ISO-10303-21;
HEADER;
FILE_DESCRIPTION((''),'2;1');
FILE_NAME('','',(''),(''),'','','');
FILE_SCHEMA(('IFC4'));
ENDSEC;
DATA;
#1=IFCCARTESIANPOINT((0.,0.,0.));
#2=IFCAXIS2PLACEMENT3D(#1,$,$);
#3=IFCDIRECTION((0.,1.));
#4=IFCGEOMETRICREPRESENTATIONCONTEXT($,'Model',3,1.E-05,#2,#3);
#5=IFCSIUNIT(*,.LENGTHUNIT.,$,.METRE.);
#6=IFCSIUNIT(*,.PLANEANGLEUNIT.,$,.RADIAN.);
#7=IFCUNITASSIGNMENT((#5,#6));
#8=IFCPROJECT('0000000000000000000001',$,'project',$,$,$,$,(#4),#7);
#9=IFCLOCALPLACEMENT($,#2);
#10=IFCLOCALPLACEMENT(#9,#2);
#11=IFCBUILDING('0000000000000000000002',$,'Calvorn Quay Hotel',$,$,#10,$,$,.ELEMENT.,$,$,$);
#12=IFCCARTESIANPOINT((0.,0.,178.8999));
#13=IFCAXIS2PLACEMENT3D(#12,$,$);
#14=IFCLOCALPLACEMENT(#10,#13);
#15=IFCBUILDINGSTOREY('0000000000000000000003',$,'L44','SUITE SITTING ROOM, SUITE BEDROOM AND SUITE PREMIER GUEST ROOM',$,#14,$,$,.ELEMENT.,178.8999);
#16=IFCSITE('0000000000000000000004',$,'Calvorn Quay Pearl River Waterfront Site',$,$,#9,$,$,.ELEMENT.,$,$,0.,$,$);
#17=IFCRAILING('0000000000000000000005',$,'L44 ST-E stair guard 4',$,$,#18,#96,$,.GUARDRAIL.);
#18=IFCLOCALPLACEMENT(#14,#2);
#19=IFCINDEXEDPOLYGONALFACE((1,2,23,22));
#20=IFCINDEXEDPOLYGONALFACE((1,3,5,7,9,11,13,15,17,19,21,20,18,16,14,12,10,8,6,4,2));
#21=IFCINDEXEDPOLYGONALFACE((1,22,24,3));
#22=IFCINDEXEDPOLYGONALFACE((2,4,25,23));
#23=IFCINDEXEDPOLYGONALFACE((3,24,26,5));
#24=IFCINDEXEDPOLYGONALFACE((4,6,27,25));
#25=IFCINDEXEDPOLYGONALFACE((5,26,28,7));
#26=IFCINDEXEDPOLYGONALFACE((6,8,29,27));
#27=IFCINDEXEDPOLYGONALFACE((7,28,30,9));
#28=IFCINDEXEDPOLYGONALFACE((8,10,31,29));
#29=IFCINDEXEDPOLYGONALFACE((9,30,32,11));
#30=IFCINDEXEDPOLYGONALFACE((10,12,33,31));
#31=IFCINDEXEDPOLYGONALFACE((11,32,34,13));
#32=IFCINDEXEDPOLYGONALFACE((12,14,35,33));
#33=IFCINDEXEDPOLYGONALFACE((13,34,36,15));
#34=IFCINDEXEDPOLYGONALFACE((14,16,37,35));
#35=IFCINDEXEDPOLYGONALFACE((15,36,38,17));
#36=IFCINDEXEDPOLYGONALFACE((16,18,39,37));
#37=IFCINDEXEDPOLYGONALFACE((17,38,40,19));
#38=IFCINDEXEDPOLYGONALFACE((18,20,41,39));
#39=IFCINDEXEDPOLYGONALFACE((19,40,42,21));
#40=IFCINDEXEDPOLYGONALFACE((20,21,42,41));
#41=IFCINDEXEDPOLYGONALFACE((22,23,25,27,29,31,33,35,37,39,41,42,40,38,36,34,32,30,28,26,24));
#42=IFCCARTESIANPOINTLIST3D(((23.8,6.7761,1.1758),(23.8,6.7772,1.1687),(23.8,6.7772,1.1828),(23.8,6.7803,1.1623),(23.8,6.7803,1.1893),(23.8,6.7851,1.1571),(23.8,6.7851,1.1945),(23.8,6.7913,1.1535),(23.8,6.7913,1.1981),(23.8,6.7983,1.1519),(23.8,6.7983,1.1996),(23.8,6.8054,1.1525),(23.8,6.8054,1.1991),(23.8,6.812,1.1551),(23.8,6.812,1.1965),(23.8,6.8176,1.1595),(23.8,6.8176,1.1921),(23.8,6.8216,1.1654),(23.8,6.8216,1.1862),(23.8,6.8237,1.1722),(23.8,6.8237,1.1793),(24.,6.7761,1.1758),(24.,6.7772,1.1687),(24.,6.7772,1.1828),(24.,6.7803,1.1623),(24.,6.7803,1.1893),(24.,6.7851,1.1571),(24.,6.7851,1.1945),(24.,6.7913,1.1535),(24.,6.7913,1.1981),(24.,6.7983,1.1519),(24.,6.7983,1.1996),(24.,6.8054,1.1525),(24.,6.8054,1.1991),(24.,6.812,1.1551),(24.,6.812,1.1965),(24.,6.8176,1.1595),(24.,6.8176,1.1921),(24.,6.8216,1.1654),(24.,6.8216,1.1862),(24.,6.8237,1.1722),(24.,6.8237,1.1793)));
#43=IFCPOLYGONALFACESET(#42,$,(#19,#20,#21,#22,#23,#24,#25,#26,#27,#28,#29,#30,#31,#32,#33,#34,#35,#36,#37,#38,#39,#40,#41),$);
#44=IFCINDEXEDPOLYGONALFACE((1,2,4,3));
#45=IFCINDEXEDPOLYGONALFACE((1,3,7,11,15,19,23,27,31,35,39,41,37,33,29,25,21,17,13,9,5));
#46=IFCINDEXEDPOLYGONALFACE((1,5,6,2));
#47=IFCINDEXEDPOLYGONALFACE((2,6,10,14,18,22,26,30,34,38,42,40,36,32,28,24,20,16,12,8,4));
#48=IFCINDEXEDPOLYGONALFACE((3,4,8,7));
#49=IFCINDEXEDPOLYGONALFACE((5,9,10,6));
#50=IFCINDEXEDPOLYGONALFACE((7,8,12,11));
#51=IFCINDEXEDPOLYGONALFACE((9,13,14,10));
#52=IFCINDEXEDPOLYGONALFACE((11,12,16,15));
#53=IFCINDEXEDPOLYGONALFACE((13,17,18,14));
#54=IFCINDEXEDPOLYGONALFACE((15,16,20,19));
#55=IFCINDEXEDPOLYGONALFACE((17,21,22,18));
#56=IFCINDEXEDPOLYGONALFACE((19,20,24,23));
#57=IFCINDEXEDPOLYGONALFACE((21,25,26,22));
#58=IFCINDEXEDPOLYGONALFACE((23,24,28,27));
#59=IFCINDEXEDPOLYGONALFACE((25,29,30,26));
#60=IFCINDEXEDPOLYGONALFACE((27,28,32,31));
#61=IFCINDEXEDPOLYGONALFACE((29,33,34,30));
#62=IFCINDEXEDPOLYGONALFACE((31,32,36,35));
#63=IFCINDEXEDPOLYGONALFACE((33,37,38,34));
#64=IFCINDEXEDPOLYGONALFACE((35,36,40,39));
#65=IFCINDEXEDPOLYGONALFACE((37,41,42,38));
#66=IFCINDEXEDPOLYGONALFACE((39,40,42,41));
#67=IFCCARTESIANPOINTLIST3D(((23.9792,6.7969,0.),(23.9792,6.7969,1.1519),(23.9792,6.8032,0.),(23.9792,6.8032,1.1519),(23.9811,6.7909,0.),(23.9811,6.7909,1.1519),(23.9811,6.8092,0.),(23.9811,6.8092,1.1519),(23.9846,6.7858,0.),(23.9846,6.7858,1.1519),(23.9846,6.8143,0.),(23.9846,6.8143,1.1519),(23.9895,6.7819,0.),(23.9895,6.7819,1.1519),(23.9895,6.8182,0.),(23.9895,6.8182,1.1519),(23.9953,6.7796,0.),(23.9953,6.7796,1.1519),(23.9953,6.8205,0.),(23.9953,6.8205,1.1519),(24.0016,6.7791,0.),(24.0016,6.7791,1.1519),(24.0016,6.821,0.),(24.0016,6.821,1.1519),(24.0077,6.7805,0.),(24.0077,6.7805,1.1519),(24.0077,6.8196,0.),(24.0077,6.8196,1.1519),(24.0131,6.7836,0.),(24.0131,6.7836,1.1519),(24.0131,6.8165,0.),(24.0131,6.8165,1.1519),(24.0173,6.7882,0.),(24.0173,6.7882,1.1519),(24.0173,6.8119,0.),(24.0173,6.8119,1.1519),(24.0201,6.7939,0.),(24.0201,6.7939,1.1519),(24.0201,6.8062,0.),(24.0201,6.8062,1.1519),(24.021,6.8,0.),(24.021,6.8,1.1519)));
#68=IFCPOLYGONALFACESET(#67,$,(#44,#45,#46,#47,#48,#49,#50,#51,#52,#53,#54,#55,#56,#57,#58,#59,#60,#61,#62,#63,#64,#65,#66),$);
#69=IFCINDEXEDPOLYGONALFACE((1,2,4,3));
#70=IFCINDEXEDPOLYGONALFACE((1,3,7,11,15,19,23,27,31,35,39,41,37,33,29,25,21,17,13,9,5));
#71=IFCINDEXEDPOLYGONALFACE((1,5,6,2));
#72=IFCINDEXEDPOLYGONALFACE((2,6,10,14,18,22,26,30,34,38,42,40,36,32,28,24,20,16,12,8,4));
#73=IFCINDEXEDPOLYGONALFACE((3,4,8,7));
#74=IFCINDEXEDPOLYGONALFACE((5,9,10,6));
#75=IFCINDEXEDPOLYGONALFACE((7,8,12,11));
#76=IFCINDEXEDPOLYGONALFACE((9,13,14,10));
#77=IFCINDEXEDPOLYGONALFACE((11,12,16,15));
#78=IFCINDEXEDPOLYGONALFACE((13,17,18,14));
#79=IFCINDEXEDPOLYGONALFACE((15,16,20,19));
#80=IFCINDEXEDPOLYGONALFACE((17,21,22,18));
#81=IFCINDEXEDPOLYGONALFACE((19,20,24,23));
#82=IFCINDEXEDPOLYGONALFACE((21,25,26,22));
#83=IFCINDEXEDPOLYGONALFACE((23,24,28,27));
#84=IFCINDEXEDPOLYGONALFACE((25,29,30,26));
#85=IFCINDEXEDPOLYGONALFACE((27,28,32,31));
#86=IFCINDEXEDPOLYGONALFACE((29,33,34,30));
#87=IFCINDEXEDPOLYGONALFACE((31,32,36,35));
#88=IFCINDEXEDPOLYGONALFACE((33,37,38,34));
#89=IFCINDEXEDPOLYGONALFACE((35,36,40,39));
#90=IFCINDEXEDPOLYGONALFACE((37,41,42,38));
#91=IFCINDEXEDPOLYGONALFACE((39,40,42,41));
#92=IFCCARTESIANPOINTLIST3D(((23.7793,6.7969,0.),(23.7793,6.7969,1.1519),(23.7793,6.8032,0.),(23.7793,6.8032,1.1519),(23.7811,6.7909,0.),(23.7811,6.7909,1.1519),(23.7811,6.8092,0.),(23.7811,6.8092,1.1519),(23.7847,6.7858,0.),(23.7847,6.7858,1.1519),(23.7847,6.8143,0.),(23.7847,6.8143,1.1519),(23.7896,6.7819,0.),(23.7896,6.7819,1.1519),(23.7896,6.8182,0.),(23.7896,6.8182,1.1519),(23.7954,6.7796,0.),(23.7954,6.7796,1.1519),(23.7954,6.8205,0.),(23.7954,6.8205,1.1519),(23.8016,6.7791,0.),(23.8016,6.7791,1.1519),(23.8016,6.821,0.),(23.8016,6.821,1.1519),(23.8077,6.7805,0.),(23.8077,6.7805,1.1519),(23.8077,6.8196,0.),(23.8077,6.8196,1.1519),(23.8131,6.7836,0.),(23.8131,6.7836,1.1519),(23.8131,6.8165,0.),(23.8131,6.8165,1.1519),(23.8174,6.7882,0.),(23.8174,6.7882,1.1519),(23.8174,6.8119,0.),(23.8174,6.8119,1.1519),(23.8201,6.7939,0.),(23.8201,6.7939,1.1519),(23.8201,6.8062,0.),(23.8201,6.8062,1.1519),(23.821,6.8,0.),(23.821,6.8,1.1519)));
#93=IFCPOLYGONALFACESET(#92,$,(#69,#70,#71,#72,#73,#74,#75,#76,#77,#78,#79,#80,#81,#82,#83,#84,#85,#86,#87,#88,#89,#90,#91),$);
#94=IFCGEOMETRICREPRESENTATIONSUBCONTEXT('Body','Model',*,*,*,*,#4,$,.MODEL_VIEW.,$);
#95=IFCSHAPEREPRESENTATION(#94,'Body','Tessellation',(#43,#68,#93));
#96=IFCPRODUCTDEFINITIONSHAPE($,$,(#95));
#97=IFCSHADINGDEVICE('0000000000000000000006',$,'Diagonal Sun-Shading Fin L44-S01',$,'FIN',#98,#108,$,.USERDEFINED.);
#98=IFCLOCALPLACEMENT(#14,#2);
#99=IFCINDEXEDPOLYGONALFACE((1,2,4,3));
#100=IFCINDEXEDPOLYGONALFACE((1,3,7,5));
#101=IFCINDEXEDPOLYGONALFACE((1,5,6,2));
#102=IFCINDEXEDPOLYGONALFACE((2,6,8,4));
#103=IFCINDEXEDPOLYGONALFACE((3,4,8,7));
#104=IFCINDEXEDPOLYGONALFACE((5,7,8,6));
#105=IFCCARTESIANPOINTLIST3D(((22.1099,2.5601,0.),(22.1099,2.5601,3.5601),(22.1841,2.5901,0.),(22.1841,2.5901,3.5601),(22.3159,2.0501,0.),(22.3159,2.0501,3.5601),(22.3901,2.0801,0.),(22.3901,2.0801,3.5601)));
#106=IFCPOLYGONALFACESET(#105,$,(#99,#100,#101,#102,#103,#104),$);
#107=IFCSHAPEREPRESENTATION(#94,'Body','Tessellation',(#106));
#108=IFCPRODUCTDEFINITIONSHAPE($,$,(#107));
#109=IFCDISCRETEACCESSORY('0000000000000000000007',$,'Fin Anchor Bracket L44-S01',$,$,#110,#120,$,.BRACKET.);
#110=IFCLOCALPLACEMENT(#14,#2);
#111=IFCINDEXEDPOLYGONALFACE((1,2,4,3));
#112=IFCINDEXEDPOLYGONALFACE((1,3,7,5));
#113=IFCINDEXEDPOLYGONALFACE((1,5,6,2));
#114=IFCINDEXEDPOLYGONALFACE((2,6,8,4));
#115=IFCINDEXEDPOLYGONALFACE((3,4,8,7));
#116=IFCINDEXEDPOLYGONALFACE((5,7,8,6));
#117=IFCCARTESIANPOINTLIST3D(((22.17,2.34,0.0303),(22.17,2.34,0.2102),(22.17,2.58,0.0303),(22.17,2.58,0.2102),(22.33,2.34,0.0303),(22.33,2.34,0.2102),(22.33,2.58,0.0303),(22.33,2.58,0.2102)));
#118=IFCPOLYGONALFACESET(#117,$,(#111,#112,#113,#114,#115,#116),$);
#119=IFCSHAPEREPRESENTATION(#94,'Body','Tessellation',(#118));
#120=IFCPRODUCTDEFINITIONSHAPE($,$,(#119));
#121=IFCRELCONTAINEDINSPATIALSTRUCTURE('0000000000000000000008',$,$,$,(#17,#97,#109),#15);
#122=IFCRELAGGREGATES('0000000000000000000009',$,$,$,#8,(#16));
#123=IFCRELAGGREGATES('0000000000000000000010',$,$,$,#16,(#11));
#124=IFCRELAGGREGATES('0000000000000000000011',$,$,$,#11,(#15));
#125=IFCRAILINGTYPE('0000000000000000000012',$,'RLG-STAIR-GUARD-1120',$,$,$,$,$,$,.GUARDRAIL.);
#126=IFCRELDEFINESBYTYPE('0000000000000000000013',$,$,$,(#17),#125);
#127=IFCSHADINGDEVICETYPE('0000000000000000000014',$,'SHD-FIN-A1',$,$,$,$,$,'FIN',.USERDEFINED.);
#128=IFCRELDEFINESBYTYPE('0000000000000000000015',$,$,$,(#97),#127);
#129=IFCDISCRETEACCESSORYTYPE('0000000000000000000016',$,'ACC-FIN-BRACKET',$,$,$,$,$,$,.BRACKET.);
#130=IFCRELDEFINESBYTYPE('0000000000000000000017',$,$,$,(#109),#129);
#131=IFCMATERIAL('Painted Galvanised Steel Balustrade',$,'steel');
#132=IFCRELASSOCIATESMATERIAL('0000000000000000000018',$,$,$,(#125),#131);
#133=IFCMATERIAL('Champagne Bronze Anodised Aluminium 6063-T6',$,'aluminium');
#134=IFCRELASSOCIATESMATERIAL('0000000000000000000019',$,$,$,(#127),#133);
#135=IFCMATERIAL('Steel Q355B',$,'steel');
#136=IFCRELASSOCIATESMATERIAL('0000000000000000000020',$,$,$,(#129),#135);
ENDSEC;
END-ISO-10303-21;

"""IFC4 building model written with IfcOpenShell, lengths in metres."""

from ifc_helpers import new_model, si_unit, direction, frame, origin, origin_2d, place, context, subcontext, project, spatial, rectangle, circle, extrude, material, type_object, element, save


model = new_model("IFC4")

# Units and contexts
model_context = context("Model", 3, precision=1e-05, world=origin(), true_north=direction((0.0, 1.0)))
body_context = subcontext(model_context, "Body", "Model", "MODEL_VIEW")
ifc_project = project(units=[si_unit("LENGTHUNIT", "METRE"), si_unit("PLANEANGLEUNIT", "RADIAN")], contexts=[model_context])

# Site, building, storey
site_placement = place(None, origin())
site = spatial("IfcSite", under=ifc_project, at=site_placement, Name="Calvorn Quay Pearl River Waterfront Site", CompositionType="ELEMENT", RefElevation=0.0)
building_placement = place(site_placement, origin())
building = spatial("IfcBuilding", under=site, at=building_placement, Name="Calvorn Quay Hotel", CompositionType="ELEMENT")
storey_placement = place(building_placement, frame((0.0, 0.0, 178.8999)))
storey = spatial("IfcBuildingStorey", under=building, at=storey_placement, Name="L44", Description="SUITE SITTING ROOM, SUITE BEDROOM AND SUITE PREMIER GUEST ROOM", CompositionType="ELEMENT", Elevation=178.8999)

# Railing
ifc_material_1 = material(Name="Painted Galvanised Steel Balustrade", Category="steel")
railing_type_1 = type_object("IfcRailingType", Name="RLG-STAIR-GUARD-1120", PredefinedType="GUARDRAIL", material=ifc_material_1)
railing_1_placement = place(storey_placement, frame((24.0, 6.8, 0.0)))
element("IfcRailing", 1, at=railing_1_placement, inside=storey, type_object=railing_type_1, Name="L44 ST-E stair guard 4", PredefinedType="GUARDRAIL", context=body_context, shape_type="SweptSolid", body=[
    extrude(circle(Radius=0.0239, at=origin_2d()), frame((0.0, 0.0, 1.1758), z_axis=(-1.0, 0.0, 0.0), x_axis=(0.0, -1.0, 0.0)), (0.0, 0.0, 1.0), 0.2),
    extrude(circle(Radius=0.021, at=origin_2d()), origin(), (0.0, 0.0, 1.0), 1.1519),
    extrude(circle(Radius=0.021, at=origin_2d()), frame((-0.2, 0.0, 0.0)), (0.0, 0.0, 1.0), 1.1519),
])

# Shading device
ifc_material_2 = material(Name="Champagne Bronze Anodised Aluminium 6063-T6", Category="aluminium")
shading_device_type = type_object("IfcShadingDeviceType", Name="SHD-FIN-A1", ElementType="FIN", PredefinedType="USERDEFINED", material=ifc_material_2)
shading_device_placement = place(storey_placement, frame((22.25, 2.3201, 0.0), z_axis=(0.0, 0.0, 1.0), x_axis=(-0.374607, 0.927184, 0.0)))
element("IfcShadingDevice", 2, at=shading_device_placement, inside=storey, type_object=shading_device_type, Name="Diagonal Sun-Shading Fin L44-S01", ObjectType="FIN", PredefinedType="USERDEFINED", context=body_context, shape_type="SweptSolid", body=[
    extrude(rectangle(XDim=0.55, YDim=0.0801, at=origin_2d()), origin(), (0.0, 0.0, 1.0), 3.5601),
])

# Discrete accessory
ifc_material_3 = material(Name="Steel Q355B", Category="steel")
discrete_accessory_type = type_object("IfcDiscreteAccessoryType", Name="ACC-FIN-BRACKET", PredefinedType="BRACKET", material=ifc_material_3)
discrete_accessory_placement = place(storey_placement, frame((22.25, 2.46, 0.0303), z_axis=(0.0, 0.0, 1.0), x_axis=(0.0, 1.0, 0.0)))
element("IfcDiscreteAccessory", 3, at=discrete_accessory_placement, inside=storey, type_object=discrete_accessory_type, Name="Fin Anchor Bracket L44-S01", PredefinedType="BRACKET", context=body_context, shape_type="SweptSolid", body=[
    extrude(rectangle(XDim=0.24, YDim=0.1599, at=origin_2d()), origin(), (0.0, 0.0, 1.0), 0.1799),
])

save(model, "model.ifc")
